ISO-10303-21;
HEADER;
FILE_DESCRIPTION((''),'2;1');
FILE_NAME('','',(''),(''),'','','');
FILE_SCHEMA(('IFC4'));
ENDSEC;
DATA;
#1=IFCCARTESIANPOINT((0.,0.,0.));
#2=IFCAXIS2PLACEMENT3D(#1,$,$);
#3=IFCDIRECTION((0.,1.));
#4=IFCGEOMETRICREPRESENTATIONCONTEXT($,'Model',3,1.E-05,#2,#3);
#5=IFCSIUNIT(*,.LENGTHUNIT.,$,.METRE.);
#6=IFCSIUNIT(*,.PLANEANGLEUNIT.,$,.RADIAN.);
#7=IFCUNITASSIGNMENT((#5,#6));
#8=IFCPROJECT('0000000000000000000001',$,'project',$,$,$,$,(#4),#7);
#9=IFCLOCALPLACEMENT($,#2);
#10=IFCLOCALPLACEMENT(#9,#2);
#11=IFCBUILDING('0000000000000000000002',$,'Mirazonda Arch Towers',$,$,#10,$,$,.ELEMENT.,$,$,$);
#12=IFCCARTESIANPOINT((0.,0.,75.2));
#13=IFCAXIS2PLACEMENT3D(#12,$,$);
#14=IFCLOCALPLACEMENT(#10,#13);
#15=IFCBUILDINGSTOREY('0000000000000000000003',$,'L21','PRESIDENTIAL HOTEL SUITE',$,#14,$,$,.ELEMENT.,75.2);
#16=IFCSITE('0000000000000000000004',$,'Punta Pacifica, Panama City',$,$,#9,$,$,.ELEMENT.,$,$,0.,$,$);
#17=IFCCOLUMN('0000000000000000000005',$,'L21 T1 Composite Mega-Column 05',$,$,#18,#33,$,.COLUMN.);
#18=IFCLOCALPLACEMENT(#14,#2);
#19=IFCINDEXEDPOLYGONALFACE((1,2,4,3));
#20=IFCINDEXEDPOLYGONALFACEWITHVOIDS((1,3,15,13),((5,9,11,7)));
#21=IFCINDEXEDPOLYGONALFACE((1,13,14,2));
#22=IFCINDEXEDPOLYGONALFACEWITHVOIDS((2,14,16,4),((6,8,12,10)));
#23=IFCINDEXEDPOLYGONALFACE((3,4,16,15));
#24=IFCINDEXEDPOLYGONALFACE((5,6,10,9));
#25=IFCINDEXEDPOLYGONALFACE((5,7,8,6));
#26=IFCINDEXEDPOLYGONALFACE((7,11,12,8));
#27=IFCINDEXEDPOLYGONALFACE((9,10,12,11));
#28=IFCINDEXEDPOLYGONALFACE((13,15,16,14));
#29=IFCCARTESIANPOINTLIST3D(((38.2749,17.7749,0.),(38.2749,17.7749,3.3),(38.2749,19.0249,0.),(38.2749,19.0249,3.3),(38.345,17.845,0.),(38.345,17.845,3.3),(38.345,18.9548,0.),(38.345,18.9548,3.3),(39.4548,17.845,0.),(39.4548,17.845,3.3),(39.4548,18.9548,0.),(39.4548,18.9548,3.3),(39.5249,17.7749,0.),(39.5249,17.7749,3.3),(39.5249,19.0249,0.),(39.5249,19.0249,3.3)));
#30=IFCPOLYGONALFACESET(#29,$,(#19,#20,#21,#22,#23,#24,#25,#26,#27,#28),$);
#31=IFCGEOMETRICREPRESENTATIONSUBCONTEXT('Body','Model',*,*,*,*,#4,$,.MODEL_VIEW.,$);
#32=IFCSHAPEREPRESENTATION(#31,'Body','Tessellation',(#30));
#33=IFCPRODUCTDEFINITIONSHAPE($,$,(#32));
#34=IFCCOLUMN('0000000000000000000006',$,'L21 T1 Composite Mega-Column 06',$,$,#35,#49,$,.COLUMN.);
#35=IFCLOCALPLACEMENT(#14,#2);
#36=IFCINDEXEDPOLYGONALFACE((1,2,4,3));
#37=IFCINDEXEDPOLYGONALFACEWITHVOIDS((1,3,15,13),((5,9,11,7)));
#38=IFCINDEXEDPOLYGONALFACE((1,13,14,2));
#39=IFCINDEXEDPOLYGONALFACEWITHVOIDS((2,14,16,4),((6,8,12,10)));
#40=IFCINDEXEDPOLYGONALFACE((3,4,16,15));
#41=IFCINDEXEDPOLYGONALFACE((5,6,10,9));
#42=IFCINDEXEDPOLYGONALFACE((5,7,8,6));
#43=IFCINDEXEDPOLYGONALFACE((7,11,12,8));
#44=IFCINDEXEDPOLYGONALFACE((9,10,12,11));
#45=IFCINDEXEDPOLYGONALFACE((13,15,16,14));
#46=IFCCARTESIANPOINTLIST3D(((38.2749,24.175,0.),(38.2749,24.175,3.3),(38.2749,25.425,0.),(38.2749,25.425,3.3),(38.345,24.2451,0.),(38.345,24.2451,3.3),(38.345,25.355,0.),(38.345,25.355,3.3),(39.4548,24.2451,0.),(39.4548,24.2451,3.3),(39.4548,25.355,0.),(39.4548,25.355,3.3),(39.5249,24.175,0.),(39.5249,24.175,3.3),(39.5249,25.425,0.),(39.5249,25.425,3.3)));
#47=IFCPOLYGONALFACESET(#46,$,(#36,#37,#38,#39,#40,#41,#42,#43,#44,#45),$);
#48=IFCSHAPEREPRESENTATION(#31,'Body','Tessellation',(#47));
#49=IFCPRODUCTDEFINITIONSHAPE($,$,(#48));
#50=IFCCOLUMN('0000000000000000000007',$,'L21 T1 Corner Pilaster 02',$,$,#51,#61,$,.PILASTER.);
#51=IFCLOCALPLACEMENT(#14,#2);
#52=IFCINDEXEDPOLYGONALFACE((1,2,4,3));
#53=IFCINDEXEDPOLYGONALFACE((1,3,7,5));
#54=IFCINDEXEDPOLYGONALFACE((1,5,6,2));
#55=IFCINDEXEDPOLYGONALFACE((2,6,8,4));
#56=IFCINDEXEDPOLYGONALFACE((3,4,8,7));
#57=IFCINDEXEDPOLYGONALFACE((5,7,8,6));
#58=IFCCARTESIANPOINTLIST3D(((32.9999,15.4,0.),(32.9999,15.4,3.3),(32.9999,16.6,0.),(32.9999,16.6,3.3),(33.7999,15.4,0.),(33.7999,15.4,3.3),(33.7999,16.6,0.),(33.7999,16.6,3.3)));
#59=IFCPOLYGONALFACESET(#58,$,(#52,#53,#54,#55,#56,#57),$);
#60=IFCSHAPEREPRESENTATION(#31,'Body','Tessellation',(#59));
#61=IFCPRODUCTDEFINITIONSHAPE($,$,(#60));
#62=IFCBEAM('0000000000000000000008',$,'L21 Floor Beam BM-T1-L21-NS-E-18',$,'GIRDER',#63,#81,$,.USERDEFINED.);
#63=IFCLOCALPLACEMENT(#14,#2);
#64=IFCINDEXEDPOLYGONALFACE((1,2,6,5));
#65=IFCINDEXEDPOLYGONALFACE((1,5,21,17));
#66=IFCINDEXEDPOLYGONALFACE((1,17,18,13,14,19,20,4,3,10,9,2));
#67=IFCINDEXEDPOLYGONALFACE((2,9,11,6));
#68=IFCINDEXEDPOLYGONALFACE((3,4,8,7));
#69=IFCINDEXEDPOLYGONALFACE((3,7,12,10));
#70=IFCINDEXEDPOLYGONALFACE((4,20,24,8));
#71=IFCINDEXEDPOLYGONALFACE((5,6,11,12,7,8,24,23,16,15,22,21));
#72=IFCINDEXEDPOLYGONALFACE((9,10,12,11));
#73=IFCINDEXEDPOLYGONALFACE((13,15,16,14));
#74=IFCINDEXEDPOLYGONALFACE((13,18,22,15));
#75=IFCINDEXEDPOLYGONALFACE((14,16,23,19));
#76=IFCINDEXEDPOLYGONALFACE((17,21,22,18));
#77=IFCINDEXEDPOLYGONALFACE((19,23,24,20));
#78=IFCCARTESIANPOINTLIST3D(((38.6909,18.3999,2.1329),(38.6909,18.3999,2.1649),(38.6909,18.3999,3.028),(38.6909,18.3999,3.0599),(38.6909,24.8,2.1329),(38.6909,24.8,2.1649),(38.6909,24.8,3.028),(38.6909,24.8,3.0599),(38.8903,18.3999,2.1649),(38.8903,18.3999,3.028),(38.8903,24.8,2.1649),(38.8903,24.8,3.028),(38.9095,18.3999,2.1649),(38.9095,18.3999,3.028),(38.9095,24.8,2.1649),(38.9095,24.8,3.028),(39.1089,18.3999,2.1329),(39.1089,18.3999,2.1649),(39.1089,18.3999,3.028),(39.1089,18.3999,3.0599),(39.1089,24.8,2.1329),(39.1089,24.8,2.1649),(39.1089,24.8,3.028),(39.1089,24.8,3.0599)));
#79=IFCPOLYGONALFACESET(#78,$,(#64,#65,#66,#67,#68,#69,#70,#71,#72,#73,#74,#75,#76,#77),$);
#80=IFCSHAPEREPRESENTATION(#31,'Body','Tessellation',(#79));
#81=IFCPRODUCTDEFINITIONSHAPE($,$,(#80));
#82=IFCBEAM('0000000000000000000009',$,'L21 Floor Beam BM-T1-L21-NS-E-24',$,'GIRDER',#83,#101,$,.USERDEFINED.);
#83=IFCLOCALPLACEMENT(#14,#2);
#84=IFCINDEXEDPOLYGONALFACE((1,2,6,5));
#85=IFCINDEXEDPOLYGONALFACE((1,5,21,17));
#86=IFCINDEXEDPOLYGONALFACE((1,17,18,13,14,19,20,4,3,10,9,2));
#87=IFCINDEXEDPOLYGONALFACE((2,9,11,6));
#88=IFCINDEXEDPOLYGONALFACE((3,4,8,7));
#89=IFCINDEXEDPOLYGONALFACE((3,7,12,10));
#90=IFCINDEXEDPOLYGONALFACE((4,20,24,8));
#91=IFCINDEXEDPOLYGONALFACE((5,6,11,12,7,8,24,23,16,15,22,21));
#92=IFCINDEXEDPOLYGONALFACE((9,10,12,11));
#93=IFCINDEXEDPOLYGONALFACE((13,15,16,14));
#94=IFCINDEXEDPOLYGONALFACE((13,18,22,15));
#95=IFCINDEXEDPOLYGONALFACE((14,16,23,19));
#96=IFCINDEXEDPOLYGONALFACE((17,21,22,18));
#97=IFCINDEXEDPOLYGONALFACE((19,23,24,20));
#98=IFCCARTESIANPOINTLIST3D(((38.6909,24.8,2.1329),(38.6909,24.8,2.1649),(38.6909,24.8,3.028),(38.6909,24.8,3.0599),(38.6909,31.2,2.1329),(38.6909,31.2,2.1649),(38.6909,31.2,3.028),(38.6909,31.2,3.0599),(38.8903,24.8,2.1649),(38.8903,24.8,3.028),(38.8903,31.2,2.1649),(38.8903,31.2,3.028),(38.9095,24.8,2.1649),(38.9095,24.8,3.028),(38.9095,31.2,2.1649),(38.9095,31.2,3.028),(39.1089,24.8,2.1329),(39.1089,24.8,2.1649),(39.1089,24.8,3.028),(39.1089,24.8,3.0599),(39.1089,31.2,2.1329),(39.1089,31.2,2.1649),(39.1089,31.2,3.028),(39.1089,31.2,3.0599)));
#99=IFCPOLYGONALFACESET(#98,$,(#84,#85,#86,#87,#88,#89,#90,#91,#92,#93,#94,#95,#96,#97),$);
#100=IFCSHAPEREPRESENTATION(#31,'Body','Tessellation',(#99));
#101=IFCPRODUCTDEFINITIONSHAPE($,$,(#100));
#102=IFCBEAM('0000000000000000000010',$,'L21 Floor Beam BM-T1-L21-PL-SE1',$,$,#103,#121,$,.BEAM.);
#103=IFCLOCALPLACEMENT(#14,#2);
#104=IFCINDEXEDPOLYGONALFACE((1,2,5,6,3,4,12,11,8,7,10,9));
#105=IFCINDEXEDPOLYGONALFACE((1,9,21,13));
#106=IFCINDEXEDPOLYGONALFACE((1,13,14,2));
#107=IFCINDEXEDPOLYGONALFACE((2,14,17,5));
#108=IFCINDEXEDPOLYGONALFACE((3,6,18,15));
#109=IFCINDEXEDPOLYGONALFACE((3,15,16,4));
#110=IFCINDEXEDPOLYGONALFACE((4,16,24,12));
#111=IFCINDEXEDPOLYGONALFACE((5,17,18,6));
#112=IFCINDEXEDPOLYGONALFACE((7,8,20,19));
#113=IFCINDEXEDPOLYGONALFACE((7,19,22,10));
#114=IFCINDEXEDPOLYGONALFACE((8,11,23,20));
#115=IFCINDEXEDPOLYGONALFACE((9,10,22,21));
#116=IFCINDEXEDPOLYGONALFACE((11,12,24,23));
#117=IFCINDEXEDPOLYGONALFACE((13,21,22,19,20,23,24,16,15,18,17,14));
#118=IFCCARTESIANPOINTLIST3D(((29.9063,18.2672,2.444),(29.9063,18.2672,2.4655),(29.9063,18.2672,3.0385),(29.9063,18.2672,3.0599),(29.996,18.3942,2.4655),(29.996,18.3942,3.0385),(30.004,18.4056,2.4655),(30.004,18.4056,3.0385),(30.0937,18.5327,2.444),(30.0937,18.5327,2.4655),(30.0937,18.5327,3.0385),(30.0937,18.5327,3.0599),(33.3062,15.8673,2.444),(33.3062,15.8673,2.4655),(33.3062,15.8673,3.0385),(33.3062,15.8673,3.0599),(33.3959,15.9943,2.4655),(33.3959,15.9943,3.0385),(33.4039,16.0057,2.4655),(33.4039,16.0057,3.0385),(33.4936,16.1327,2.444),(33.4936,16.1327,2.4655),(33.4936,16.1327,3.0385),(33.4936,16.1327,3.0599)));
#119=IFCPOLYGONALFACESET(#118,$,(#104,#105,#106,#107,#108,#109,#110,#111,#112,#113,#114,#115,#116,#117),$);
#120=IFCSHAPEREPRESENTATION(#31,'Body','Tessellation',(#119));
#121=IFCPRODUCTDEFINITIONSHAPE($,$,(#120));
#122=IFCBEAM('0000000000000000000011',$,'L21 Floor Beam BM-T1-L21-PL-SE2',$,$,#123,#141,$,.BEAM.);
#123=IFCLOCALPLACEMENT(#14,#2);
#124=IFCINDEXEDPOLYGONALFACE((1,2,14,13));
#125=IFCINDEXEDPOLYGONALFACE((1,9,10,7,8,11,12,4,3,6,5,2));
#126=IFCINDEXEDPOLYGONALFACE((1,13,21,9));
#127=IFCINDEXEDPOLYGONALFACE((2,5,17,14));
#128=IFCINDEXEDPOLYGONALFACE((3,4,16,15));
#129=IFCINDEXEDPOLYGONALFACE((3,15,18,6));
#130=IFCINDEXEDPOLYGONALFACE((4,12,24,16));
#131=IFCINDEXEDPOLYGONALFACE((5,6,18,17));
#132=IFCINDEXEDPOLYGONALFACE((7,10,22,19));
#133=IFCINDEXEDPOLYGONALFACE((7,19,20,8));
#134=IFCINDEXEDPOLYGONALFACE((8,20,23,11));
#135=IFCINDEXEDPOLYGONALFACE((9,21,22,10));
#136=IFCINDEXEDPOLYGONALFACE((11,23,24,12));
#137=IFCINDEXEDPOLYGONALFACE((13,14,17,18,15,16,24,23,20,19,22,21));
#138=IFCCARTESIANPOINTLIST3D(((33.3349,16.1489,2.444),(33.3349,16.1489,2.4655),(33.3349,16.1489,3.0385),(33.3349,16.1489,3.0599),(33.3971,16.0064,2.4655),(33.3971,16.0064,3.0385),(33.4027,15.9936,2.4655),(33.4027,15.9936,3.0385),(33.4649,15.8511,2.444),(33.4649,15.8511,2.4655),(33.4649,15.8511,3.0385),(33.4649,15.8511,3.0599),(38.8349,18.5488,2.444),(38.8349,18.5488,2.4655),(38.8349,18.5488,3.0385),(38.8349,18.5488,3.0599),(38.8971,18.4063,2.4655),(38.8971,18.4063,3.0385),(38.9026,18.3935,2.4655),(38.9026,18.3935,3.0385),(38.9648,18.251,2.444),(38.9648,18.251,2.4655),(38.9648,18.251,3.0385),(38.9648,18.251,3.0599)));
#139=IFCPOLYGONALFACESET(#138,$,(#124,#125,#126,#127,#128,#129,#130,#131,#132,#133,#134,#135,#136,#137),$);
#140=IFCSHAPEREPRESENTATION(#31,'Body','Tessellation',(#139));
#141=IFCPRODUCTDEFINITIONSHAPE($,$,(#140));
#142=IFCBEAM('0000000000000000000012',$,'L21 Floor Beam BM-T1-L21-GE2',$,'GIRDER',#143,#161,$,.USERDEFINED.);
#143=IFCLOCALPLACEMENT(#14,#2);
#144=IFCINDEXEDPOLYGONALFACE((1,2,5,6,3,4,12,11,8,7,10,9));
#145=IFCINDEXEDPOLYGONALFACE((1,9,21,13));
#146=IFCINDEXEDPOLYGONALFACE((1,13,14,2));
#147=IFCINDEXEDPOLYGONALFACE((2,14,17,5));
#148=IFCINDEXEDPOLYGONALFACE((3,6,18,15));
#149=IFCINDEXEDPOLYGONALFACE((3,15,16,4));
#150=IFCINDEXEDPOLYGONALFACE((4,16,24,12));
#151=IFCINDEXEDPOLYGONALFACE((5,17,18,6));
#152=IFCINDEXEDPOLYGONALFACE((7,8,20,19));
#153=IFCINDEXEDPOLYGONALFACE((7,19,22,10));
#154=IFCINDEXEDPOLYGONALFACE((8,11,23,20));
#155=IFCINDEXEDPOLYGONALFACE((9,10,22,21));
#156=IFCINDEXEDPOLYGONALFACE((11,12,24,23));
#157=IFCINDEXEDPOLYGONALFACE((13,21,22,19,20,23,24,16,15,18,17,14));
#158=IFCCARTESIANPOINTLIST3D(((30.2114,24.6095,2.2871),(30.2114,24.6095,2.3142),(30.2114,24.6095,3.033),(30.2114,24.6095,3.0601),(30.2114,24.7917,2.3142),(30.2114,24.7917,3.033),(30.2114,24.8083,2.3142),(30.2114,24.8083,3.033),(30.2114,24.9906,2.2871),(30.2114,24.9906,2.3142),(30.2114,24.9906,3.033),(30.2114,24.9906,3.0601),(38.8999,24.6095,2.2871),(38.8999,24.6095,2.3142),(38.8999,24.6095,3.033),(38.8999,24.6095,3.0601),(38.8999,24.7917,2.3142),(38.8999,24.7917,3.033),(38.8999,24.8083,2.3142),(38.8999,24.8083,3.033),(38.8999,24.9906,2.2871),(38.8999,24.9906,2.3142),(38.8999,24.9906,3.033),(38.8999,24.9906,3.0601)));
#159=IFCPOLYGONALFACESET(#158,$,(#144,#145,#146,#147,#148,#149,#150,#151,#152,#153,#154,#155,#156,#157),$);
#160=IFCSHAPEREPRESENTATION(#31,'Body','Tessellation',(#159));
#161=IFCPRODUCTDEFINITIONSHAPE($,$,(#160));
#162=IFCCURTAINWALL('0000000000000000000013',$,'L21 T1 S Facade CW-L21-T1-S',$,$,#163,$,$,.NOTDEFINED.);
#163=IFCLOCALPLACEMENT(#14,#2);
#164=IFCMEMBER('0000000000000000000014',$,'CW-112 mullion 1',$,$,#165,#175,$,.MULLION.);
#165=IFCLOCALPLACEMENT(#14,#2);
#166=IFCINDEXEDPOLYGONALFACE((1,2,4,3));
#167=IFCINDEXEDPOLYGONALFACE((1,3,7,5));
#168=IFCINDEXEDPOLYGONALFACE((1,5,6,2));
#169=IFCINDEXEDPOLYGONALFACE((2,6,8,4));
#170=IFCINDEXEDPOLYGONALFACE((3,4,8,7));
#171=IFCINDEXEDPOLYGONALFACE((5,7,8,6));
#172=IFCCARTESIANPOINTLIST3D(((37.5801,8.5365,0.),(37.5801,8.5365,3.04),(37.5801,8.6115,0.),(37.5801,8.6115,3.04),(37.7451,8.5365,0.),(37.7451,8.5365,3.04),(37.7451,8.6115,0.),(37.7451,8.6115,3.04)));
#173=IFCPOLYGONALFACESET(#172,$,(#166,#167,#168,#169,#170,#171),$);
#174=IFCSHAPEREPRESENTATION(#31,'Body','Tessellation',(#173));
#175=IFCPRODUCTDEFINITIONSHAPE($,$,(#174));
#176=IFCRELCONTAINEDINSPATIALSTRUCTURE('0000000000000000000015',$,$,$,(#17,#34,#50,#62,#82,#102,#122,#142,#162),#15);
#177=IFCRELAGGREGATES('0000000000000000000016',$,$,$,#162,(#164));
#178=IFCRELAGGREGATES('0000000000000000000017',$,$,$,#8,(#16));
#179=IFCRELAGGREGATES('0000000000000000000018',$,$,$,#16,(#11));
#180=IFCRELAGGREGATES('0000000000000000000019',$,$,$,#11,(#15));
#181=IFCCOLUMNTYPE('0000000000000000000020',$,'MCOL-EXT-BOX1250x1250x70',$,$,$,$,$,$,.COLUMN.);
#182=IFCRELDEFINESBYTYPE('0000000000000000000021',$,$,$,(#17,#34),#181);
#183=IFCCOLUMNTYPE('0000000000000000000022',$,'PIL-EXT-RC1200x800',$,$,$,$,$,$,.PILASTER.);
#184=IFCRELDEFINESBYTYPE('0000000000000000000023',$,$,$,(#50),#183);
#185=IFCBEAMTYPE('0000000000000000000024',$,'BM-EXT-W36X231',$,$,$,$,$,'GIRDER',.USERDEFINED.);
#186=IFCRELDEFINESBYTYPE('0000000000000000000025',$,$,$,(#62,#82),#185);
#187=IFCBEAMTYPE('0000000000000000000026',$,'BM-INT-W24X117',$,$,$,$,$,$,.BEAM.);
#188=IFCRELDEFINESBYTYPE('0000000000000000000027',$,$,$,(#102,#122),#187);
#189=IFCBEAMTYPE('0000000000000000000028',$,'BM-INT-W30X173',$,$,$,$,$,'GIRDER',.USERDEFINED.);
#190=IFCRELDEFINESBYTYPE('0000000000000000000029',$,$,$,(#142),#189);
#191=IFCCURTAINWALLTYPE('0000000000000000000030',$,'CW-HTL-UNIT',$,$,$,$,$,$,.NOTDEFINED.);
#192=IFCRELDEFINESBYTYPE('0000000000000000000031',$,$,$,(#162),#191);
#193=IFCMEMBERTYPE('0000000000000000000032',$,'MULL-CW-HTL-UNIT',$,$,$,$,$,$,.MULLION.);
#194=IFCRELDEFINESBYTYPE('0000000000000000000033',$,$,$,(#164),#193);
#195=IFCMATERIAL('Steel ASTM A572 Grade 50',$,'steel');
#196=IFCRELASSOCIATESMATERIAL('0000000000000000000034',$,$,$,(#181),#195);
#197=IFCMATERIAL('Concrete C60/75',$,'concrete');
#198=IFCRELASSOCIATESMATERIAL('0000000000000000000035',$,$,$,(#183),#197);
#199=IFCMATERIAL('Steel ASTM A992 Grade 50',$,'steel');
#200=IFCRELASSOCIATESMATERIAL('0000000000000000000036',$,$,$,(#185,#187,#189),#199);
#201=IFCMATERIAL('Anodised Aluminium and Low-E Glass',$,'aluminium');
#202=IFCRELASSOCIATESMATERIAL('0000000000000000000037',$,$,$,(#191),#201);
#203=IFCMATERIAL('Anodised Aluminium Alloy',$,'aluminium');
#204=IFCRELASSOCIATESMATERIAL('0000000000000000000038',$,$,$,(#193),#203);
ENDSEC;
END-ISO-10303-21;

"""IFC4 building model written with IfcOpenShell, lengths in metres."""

from ifc_helpers import new_model, si_unit, direction, frame, origin, origin_2d, place, context, subcontext, project, spatial, rectangle, hollow_rectangle, i_section, extrude, material, material_profile, profile_set, type_object, element, aggregate, save


model = new_model("IFC4")

# Units and contexts
model_context = context("Model", 3, precision=1e-05, world=origin(), true_north=direction((0.0, 1.0)))
body_context = subcontext(model_context, "Body", "Model", "MODEL_VIEW")
ifc_project = project(units=[si_unit("LENGTHUNIT", "METRE"), si_unit("PLANEANGLEUNIT", "RADIAN")], contexts=[model_context])

# Site, building, storey
site_placement = place(None, origin())
site = spatial("IfcSite", under=ifc_project, at=site_placement, Name="Punta Pacifica, Panama City", CompositionType="ELEMENT", RefElevation=0.0)
building_placement = place(site_placement, origin())
building = spatial("IfcBuilding", under=site, at=building_placement, Name="Mirazonda Arch Towers", CompositionType="ELEMENT")
storey_placement = place(building_placement, frame((0.0, 0.0, 75.2)))
storey = spatial("IfcBuildingStorey", under=building, at=storey_placement, Name="L21", Description="PRESIDENTIAL HOTEL SUITE", CompositionType="ELEMENT", Elevation=75.2)

# Columns
ifc_material_1 = material(Name="Steel ASTM A572 Grade 50", Category="steel")
ifc_material_profile_1 = material_profile(ifc_material_1, hollow_rectangle(XDim=1.25, YDim=1.25, WallThickness=0.0701, at=origin_2d()), Name="BOX1250x1250x70")
ifc_profile_set_1 = profile_set([ifc_material_profile_1], Name="Steel ASTM A572 Grade 50")
column_type_1 = type_object("IfcColumnType", Name="MCOL-EXT-BOX1250x1250x70", PredefinedType="COLUMN", material=ifc_profile_set_1)
for number, where, z_axis, x_axis, name in (
    (1, (38.8999, 18.3999, 0.0), (0.0, 0.0, 1.0), (1.0, 0.0, 0.0), "L21 T1 Composite Mega-Column 05"),
    (2, (38.8999, 24.8, 0.0), (0.0, 0.0, 1.0), (1.0, 0.0, 0.0), "L21 T1 Composite Mega-Column 06"),
):
    element("IfcColumn", number, at=place(storey_placement, frame(where, z_axis=z_axis, x_axis=x_axis)), inside=storey, type_object=column_type_1, Name=name, PredefinedType="COLUMN", context=body_context, shape_type="SweptSolid", body=[
        extrude(hollow_rectangle(XDim=1.25, YDim=1.25, WallThickness=0.0701, at=origin_2d()), origin(), (0.0, 0.0, 1.0), 3.3),
    ])
ifc_material_2 = material(Name="Concrete C60/75", Category="concrete")
ifc_material_profile_2 = material_profile(ifc_material_2, rectangle(XDim=0.8, YDim=1.2, at=origin_2d()), Name="RC1200x800")
ifc_profile_set_2 = profile_set([ifc_material_profile_2], Name="Concrete C60/75")
column_type_2 = type_object("IfcColumnType", Name="PIL-EXT-RC1200x800", PredefinedType="PILASTER", material=ifc_profile_set_2)
column_placement = place(storey_placement, frame((33.3999, 16.0, 0.0), z_axis=(0.0, 0.0, 1.0), x_axis=(1.0, 0.0, 0.0)))
element("IfcColumn", 3, at=column_placement, inside=storey, type_object=column_type_2, Name="L21 T1 Corner Pilaster 02", PredefinedType="PILASTER", context=body_context, shape_type="SweptSolid", body=[
    extrude(rectangle(XDim=0.8, YDim=1.2, at=origin_2d()), origin(), (0.0, 0.0, 1.0), 3.3),
])

# Beams
ifc_material_3 = material(Name="Steel ASTM A992 Grade 50", Category="steel")
ifc_material_profile_3 = material_profile(ifc_material_3, i_section(OverallWidth=0.418, OverallDepth=0.927, WebThickness=0.0193, FlangeThickness=0.032, at=origin_2d()), Name="W36X231")
ifc_profile_set_3 = profile_set([ifc_material_profile_3], Name="Steel ASTM A992 Grade 50")
beam_type_1 = type_object("IfcBeamType", Name="BM-EXT-W36X231", ElementType="GIRDER", PredefinedType="USERDEFINED", material=ifc_profile_set_3)
beam_1_placement = place(storey_placement, frame((38.8999, 18.3999, 2.5964), z_axis=(0.0, 1.0, 0.0), x_axis=(-1.0, 0.0, 0.0)))
element("IfcBeam", 4, at=beam_1_placement, inside=storey, type_object=beam_type_1, Name="L21 Floor Beam BM-T1-L21-NS-E-18", ObjectType="GIRDER", PredefinedType="USERDEFINED", context=body_context, shape_type="SweptSolid", body=[
    extrude(i_section(OverallWidth=0.418, OverallDepth=0.927, WebThickness=0.0193, FlangeThickness=0.032, at=origin_2d()), origin(), (0.0, 0.0, 1.0), 6.4001),
])
beam_2_placement = place(storey_placement, frame((38.8999, 24.8, 2.5964), z_axis=(0.0, 1.0, 0.0), x_axis=(-1.0, 0.0, 0.0)))
element("IfcBeam", 5, at=beam_2_placement, inside=storey, type_object=beam_type_1, Name="L21 Floor Beam BM-T1-L21-NS-E-24", ObjectType="GIRDER", PredefinedType="USERDEFINED", context=body_context, shape_type="SweptSolid", body=[
    extrude(i_section(OverallWidth=0.418, OverallDepth=0.927, WebThickness=0.0193, FlangeThickness=0.032, at=origin_2d()), origin(), (0.0, 0.0, 1.0), 6.3999),
])
ifc_material_profile_4 = material_profile(ifc_material_3, i_section(OverallWidth=0.325, OverallDepth=0.616, WebThickness=0.0139, FlangeThickness=0.0215, at=origin_2d()), Name="W24X117")
ifc_profile_set_4 = profile_set([ifc_material_profile_4], Name="Steel ASTM A992 Grade 50")
beam_type_2 = type_object("IfcBeamType", Name="BM-INT-W24X117", PredefinedType="BEAM", material=ifc_profile_set_4)
beam_3_placement = place(storey_placement, frame((33.3999, 16.0, 2.752), z_axis=(-0.816971, 0.576679, 0.0), x_axis=(-0.576679, -0.816971, 0.0)))
element("IfcBeam", 6, at=beam_3_placement, inside=storey, type_object=beam_type_2, Name="L21 Floor Beam BM-T1-L21-PL-SE1", PredefinedType="BEAM", context=body_context, shape_type="SweptSolid", body=[
    extrude(i_section(OverallWidth=0.325, OverallDepth=0.616, WebThickness=0.0139, FlangeThickness=0.0215, at=origin_2d()), origin(), (0.0, 0.0, 1.0), 4.1616),
])
beam_4_placement = place(storey_placement, frame((33.3999, 16.0, 2.752), z_axis=(0.916545, 0.399931, 0.0), x_axis=(-0.399931, 0.916545, 0.0)))
element("IfcBeam", 7, at=beam_4_placement, inside=storey, type_object=beam_type_2, Name="L21 Floor Beam BM-T1-L21-PL-SE2", PredefinedType="BEAM", context=body_context, shape_type="SweptSolid", body=[
    extrude(i_section(OverallWidth=0.325, OverallDepth=0.616, WebThickness=0.0139, FlangeThickness=0.0215, at=origin_2d()), origin(), (0.0, 0.0, 1.0), 6.0007),
])
ifc_material_profile_5 = material_profile(ifc_material_3, i_section(OverallWidth=0.3811, OverallDepth=0.7729, WebThickness=0.0166, FlangeThickness=0.0271, at=origin_2d()), Name="W30X173")
ifc_profile_set_5 = profile_set([ifc_material_profile_5], Name="Steel ASTM A992 Grade 50")
beam_type_3 = type_object("IfcBeamType", Name="BM-INT-W30X173", ElementType="GIRDER", PredefinedType="USERDEFINED", material=ifc_profile_set_5)
beam_5_placement = place(storey_placement, frame((30.2114, 24.8, 2.6736), z_axis=(1.0, 0.0, 0.0), x_axis=(0.0, 1.0, 0.0)))
element("IfcBeam", 8, at=beam_5_placement, inside=storey, type_object=beam_type_3, Name="L21 Floor Beam BM-T1-L21-GE2", ObjectType="GIRDER", PredefinedType="USERDEFINED", context=body_context, shape_type="SweptSolid", body=[
    extrude(i_section(OverallWidth=0.3811, OverallDepth=0.7729, WebThickness=0.0166, FlangeThickness=0.0271, at=origin_2d()), origin(), (0.0, 0.0, 1.0), 8.6885),
])

# Curtain wall, member
ifc_material_4 = material(Name="Anodised Aluminium and Low-E Glass", Category="aluminium")
curtain_wall_type = type_object("IfcCurtainWallType", Name="CW-HTL-UNIT", PredefinedType="NOTDEFINED", material=ifc_material_4)
curtain_wall_1_placement = place(storey_placement, origin())
curtain_wall_1 = element("IfcCurtainWall", 9, at=curtain_wall_1_placement, inside=storey, type_object=curtain_wall_type, Name="L21 T1 S Facade CW-L21-T1-S", PredefinedType="NOTDEFINED")
ifc_material_5 = material(Name="Anodised Aluminium Alloy", Category="aluminium")
ifc_material_profile_6 = material_profile(ifc_material_5, rectangle(XDim=0.075, YDim=0.165, at=origin_2d()), Name="ALU-MULL-75x165")
ifc_profile_set_6 = profile_set([ifc_material_profile_6], Name="Anodised Aluminium Alloy")
member_type_1 = type_object("IfcMemberType", Name="MULL-CW-HTL-UNIT", PredefinedType="MULLION", material=ifc_profile_set_6)
member_1_placement = place(storey_placement, frame((37.6626, 8.574, 0.0), z_axis=(0.0, 0.0, 1.0), x_axis=(0.0, -1.0, 0.0)))
member_1 = element("IfcMember", 10, at=member_1_placement, type_object=member_type_1, Name="CW-112 mullion 1", PredefinedType="MULLION", context=body_context, shape_type="SweptSolid", body=[
    extrude(rectangle(XDim=0.075, YDim=0.165, at=origin_2d()), origin(), (0.0, 0.0, 1.0), 3.04),
])

aggregate(curtain_wall_1, [member_1])

save(model, "model.ifc")
